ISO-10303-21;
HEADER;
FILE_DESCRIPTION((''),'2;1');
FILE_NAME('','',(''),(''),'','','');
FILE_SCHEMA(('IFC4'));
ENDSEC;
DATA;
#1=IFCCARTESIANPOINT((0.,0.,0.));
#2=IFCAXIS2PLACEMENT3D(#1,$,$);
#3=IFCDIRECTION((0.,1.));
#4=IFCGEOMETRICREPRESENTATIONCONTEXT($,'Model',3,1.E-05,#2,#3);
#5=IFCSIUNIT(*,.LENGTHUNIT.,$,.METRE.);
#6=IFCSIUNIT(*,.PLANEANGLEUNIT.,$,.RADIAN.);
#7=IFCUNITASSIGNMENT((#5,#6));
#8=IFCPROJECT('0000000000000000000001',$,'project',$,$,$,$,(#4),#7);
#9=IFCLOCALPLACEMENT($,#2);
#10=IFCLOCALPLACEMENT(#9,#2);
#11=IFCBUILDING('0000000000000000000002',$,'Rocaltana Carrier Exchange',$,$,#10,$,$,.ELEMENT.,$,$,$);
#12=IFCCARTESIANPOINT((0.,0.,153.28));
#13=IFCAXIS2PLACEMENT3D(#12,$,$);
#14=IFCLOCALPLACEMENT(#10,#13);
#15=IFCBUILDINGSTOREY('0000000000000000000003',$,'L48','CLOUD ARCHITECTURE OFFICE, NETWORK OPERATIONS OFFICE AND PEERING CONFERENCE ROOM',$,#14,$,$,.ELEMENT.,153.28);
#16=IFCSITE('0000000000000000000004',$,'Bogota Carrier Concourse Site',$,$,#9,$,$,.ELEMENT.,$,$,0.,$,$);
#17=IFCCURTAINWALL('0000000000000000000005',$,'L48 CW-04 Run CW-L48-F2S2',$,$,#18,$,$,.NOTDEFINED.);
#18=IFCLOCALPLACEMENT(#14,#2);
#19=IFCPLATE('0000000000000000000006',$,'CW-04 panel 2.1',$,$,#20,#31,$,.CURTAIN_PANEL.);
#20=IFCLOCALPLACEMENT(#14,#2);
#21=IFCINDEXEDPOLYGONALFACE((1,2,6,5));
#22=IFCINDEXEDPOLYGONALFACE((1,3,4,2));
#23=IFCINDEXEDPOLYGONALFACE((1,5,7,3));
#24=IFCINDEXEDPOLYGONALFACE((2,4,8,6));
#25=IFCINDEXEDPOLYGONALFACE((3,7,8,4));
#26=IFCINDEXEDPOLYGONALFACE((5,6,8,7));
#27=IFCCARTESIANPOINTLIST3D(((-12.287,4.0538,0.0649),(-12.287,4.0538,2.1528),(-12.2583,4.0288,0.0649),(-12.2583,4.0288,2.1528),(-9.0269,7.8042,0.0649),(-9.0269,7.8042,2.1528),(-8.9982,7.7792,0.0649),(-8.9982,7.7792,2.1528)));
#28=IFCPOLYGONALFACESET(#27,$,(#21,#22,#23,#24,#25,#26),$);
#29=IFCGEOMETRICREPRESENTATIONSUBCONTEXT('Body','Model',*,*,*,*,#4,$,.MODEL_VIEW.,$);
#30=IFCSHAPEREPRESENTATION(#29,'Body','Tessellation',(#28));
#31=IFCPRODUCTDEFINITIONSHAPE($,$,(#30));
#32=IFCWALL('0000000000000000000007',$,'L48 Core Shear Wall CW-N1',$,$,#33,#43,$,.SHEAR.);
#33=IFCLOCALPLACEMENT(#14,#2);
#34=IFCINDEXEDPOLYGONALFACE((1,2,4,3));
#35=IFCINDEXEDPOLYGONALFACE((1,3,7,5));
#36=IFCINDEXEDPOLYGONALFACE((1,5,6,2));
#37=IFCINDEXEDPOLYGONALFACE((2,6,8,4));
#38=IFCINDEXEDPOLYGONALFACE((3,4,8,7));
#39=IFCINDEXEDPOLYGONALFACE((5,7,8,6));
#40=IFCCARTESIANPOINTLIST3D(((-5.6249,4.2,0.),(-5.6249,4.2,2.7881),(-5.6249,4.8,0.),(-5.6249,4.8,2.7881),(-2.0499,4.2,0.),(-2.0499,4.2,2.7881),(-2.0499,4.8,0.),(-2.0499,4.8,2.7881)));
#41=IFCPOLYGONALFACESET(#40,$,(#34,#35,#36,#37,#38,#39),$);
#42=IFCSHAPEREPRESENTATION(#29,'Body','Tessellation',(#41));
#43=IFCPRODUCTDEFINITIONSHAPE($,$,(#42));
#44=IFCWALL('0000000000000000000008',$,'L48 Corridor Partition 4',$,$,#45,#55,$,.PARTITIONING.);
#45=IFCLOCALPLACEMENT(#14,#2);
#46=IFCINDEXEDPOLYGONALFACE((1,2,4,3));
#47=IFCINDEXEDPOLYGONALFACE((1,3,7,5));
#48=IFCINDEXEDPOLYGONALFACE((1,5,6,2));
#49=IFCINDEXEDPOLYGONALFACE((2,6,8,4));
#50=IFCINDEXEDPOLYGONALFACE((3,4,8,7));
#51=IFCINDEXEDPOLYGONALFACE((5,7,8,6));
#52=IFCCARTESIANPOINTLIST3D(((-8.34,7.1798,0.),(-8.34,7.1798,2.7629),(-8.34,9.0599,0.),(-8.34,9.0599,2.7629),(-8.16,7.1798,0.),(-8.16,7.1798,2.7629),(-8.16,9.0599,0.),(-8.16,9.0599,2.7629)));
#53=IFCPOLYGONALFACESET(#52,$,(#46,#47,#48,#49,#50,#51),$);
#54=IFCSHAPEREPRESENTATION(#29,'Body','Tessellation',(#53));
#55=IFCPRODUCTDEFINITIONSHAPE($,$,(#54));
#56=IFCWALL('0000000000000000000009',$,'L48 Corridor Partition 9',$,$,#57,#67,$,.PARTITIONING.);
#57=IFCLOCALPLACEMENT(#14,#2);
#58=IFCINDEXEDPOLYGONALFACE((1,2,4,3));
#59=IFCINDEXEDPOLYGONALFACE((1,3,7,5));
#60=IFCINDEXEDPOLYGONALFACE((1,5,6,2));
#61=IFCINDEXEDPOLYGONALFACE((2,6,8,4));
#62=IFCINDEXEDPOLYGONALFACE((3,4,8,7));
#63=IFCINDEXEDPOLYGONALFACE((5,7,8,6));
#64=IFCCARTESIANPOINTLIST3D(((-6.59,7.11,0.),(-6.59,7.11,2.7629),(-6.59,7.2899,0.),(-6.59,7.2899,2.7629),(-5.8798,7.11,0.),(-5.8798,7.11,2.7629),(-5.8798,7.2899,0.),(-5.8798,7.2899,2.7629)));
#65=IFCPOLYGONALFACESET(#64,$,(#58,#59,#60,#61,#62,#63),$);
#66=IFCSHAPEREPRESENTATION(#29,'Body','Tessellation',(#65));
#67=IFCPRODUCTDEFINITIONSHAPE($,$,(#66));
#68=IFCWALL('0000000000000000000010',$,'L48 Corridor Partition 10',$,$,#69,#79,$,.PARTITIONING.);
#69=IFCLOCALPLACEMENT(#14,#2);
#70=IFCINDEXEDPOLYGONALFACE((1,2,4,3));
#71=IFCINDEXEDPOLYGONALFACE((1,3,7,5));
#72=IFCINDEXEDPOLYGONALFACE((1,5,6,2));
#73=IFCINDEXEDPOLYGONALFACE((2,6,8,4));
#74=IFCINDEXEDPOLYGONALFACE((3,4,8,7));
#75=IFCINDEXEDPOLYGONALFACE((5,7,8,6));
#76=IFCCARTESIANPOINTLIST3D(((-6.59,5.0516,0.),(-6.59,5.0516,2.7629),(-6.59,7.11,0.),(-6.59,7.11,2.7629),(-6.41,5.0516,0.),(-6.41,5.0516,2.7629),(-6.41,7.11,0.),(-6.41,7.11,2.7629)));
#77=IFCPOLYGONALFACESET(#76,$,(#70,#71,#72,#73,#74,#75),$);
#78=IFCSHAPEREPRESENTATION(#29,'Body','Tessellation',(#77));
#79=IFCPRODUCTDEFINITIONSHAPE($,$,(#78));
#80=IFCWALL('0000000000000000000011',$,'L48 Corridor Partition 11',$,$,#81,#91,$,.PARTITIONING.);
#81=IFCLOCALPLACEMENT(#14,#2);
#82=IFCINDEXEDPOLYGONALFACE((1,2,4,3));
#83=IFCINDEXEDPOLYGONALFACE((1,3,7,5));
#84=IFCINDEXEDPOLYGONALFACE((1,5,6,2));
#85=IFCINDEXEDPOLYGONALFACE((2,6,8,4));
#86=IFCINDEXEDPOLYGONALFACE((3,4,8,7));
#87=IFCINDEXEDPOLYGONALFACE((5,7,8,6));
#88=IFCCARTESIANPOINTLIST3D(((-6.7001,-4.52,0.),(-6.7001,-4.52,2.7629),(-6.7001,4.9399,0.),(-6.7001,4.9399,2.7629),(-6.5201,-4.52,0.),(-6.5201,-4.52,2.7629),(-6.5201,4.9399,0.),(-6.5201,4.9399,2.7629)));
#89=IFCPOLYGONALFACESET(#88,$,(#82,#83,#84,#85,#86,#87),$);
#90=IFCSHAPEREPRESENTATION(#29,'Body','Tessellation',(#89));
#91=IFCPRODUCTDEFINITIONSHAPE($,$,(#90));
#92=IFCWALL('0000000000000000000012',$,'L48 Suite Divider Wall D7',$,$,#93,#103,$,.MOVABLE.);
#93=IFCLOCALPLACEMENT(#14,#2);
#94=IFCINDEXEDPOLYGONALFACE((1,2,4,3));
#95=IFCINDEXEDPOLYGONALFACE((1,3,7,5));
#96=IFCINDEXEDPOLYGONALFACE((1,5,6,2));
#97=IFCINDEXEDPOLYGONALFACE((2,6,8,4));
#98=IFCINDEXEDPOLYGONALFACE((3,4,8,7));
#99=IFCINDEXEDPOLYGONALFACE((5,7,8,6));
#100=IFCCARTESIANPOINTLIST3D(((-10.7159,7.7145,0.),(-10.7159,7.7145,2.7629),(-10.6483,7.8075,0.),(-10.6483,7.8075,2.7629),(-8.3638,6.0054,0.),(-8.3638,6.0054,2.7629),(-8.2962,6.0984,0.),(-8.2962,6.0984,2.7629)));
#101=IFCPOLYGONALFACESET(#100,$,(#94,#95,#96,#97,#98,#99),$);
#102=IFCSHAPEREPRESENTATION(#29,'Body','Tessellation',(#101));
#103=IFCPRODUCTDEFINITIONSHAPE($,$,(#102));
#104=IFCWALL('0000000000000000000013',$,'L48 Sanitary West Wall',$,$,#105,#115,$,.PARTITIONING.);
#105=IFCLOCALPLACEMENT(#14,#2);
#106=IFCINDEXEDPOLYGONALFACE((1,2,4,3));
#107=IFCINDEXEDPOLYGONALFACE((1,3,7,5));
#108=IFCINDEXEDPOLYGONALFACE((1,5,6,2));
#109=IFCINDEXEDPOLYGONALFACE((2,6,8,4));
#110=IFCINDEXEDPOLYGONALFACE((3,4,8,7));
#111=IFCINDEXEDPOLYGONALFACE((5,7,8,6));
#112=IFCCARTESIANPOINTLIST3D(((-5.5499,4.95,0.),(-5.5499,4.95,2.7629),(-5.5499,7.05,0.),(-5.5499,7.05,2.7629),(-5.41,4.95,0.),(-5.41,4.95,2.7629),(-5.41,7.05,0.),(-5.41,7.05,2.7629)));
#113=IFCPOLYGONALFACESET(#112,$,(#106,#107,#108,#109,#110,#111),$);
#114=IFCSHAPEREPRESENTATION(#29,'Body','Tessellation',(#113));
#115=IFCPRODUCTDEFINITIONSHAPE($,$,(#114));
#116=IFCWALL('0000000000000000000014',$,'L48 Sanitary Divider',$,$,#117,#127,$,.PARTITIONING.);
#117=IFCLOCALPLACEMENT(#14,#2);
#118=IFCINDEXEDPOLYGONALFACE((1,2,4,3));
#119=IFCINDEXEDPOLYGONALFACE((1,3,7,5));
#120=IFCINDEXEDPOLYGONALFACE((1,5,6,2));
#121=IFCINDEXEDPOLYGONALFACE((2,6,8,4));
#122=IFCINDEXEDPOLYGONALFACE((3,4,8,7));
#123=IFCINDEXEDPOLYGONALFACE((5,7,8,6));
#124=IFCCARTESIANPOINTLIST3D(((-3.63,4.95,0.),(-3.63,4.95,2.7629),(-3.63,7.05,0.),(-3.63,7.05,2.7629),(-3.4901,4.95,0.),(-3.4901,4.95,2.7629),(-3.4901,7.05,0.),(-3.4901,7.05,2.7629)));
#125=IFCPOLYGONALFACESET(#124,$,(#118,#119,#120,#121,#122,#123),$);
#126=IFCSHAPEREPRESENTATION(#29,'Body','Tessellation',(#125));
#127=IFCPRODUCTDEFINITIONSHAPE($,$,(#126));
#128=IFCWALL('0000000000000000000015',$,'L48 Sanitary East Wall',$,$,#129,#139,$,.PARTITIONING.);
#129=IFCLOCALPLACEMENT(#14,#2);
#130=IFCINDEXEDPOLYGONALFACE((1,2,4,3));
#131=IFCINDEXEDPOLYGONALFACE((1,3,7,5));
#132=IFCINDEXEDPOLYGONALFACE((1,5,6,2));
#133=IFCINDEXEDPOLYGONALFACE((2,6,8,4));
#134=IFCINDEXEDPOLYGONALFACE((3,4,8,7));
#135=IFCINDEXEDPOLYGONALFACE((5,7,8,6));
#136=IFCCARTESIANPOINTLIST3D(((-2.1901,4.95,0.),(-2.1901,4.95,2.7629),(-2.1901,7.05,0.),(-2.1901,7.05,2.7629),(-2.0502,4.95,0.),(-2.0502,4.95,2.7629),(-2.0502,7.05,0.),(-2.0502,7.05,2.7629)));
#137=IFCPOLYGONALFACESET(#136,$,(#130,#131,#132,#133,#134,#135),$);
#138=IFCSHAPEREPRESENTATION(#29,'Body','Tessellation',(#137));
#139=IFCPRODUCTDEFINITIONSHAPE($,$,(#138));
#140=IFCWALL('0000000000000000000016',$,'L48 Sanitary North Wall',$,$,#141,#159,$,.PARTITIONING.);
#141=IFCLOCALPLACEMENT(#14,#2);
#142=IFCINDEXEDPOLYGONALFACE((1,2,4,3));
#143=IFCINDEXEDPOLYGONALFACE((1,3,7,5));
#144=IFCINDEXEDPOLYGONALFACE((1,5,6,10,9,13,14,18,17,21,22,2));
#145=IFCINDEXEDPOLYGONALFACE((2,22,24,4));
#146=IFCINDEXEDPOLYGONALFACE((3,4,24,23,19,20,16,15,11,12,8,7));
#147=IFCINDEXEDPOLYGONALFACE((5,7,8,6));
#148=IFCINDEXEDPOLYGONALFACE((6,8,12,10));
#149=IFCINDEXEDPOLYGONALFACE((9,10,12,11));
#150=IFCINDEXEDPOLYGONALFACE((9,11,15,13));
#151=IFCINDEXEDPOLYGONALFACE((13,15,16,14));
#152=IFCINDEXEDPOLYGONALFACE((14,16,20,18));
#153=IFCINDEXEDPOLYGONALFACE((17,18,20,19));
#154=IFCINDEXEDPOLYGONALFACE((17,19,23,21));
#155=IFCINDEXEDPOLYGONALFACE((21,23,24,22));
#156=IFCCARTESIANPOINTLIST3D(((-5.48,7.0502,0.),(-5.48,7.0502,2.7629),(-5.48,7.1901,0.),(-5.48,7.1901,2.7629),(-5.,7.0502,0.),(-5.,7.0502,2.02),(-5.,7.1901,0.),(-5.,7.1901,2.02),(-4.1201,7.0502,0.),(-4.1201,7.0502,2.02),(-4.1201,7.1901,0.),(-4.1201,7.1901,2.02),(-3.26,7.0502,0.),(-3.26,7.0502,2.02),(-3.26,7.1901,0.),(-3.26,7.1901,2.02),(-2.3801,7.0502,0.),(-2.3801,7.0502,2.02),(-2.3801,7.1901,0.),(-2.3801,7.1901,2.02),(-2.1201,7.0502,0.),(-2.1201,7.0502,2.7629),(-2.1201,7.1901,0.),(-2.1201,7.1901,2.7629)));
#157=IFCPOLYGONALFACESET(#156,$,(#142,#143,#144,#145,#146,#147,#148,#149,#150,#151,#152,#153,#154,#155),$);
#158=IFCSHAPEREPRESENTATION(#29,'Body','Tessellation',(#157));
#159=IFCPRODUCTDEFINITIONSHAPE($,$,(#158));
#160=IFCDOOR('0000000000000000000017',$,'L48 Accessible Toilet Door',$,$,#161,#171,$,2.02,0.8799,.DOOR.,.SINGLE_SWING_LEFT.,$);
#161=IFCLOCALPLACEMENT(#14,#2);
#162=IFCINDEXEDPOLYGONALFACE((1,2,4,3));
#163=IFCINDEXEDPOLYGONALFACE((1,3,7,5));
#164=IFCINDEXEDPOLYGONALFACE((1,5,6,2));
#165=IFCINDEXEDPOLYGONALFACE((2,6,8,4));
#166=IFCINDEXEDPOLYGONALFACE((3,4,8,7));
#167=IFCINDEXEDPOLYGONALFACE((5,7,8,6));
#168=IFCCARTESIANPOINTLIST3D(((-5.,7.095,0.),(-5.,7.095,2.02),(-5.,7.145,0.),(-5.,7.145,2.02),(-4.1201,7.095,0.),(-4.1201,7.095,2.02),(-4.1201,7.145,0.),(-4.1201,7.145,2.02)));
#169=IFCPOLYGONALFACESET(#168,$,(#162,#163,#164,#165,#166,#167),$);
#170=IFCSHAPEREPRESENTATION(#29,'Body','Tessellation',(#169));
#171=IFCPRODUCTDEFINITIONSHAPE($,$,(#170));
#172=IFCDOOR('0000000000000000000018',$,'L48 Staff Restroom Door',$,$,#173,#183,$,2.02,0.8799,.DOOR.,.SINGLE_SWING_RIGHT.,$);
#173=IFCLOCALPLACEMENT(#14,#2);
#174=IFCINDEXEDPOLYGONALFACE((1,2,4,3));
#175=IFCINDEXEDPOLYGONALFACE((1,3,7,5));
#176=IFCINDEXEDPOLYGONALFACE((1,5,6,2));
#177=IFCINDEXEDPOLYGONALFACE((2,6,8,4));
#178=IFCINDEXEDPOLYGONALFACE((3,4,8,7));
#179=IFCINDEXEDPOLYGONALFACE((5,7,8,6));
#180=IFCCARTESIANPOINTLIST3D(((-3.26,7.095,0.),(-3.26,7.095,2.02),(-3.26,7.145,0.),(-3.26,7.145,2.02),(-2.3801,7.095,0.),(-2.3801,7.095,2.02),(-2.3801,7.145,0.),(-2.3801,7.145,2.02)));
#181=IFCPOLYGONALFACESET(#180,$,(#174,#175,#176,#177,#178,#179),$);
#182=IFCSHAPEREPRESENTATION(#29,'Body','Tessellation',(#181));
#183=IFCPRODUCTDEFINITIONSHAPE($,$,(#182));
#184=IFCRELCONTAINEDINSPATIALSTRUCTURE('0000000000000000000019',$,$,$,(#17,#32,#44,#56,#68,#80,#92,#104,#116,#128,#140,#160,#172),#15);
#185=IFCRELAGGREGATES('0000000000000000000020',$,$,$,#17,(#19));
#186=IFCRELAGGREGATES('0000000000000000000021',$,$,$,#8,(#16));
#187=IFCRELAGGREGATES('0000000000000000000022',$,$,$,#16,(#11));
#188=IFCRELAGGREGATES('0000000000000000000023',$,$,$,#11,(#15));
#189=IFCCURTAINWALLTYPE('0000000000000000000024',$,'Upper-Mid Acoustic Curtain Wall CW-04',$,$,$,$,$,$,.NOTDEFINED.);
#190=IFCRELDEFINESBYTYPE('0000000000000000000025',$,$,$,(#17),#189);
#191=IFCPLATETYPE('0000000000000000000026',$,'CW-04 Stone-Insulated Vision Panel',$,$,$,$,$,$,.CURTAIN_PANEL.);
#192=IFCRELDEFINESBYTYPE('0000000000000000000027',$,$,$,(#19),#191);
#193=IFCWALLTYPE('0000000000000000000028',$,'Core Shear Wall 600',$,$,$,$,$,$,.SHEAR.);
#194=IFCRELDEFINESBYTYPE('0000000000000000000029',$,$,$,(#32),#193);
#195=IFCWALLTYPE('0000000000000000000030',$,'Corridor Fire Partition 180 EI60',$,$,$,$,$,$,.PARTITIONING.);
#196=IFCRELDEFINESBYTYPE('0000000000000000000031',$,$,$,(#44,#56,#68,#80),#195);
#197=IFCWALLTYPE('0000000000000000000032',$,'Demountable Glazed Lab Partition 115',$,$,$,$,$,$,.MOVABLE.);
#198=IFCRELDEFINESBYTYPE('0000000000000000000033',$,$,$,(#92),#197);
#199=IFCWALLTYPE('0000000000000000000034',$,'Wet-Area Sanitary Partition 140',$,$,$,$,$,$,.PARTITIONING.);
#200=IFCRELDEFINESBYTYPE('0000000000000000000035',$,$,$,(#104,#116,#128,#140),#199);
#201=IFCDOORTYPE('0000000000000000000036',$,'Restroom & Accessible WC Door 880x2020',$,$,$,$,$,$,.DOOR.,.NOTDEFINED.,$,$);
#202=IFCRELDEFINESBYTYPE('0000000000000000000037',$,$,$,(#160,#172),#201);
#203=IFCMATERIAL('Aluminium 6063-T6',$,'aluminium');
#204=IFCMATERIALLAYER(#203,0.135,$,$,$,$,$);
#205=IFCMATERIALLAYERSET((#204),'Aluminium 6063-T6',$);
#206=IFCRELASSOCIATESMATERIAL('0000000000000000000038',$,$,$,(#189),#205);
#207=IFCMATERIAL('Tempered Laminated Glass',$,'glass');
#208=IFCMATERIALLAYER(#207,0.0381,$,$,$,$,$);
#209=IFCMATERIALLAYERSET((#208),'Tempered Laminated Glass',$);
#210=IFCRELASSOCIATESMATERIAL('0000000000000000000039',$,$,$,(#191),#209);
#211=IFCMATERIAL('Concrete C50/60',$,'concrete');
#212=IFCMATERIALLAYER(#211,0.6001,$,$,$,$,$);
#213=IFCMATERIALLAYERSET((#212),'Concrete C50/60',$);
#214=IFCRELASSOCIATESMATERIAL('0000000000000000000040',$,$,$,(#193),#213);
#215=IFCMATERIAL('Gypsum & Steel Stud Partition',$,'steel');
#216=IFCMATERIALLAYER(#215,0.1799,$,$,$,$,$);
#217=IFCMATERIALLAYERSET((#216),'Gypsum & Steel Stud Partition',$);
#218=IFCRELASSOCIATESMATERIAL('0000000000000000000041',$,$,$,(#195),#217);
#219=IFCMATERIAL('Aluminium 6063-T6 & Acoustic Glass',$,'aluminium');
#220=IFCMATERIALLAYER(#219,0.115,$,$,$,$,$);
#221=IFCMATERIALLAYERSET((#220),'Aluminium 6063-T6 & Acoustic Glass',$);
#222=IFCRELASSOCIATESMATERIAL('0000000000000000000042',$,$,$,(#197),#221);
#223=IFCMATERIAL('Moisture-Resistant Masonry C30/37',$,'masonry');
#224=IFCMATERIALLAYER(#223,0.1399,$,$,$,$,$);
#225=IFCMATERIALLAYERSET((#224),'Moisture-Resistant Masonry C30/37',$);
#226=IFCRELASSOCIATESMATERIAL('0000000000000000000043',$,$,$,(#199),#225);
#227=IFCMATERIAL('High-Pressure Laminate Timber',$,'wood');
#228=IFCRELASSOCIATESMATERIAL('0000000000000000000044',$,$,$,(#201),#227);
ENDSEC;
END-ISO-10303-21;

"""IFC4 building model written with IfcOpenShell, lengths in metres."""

from ifc_helpers import new_model, si_unit, direction, frame, frame_2d, origin, origin_2d, place, context, subcontext, project, spatial, rectangle, extrude, material, layer, layer_set, type_object, element, fill, aggregate, save


model = new_model("IFC4")

# Units and contexts
model_context = context("Model", 3, precision=1e-05, world=origin(), true_north=direction((0.0, 1.0)))
body_context = subcontext(model_context, "Body", "Model", "MODEL_VIEW")
ifc_project = project(units=[si_unit("LENGTHUNIT", "METRE"), si_unit("PLANEANGLEUNIT", "RADIAN")], contexts=[model_context])

# Site, building, storey
site_placement = place(None, origin())
site = spatial("IfcSite", under=ifc_project, at=site_placement, Name="Bogota Carrier Concourse Site", CompositionType="ELEMENT", RefElevation=0.0)
building_placement = place(site_placement, origin())
building = spatial("IfcBuilding", under=site, at=building_placement, Name="Rocaltana Carrier Exchange", CompositionType="ELEMENT")
storey_placement = place(building_placement, frame((0.0, 0.0, 153.28)))
storey = spatial("IfcBuildingStorey", under=building, at=storey_placement, Name="L48", Description="CLOUD ARCHITECTURE OFFICE, NETWORK OPERATIONS OFFICE AND PEERING CONFERENCE ROOM", CompositionType="ELEMENT", Elevation=153.28)

# Curtain wall
ifc_material_1 = material(Name="Aluminium 6063-T6", Category="aluminium")
ifc_layer_1 = layer(ifc_material_1, 0.135)
ifc_layer_set_1 = layer_set([ifc_layer_1], Name="Aluminium 6063-T6")
curtain_wall_type = type_object("IfcCurtainWallType", Name="Upper-Mid Acoustic Curtain Wall CW-04", PredefinedType="NOTDEFINED", material=ifc_layer_set_1)
curtain_wall_placement = place(storey_placement, origin())
curtain_wall = element("IfcCurtainWall", 1, at=curtain_wall_placement, inside=storey, type_object=curtain_wall_type, Name="L48 CW-04 Run CW-L48-F2S2", PredefinedType="NOTDEFINED")

# Plate
ifc_material_2 = material(Name="Tempered Laminated Glass", Category="glass")
ifc_layer_2 = layer(ifc_material_2, 0.0381)
ifc_layer_set_2 = layer_set([ifc_layer_2], Name="Tempered Laminated Glass")
plate_type = type_object("IfcPlateType", Name="CW-04 Stone-Insulated Vision Panel", PredefinedType="CURTAIN_PANEL", material=ifc_layer_set_2)
plate_placement = place(storey_placement, frame((-10.6426, 5.9165, 0.0649), z_axis=(0.0, 0.0, 1.0), x_axis=(-0.656057, -0.754712, 0.0)))
plate = element("IfcPlate", 2, at=plate_placement, type_object=plate_type, Name="CW-04 panel 2.1", PredefinedType="CURTAIN_PANEL", context=body_context, shape_type="SweptSolid", body=[
    extrude(rectangle(XDim=4.9692, YDim=0.0381, at=origin_2d()), origin(), (0.0, 0.0, 1.0), 2.0879),
])
aggregate(curtain_wall, [plate])

# Walls
ifc_material_3 = material(Name="Concrete C50/60", Category="concrete")
ifc_layer_3 = layer(ifc_material_3, 0.6001)
ifc_layer_set_3 = layer_set([ifc_layer_3], Name="Concrete C50/60")
wall_type_1 = type_object("IfcWallType", Name="Core Shear Wall 600", PredefinedType="SHEAR", material=ifc_layer_set_3)
wall_1_placement = place(storey_placement, frame((-5.625, 4.5, 0.0), z_axis=(0.0, 0.0, 1.0), x_axis=(1.0, 0.0, 0.0)))
element("IfcWall", 3, at=wall_1_placement, inside=storey, type_object=wall_type_1, Name="L48 Core Shear Wall CW-N1", PredefinedType="SHEAR", context=body_context, shape_type="SweptSolid", body=[
    extrude(rectangle(XDim=3.575, YDim=0.6001, at=frame_2d((1.7876, 0.0))), origin(), (0.0, 0.0, 1.0), 2.7881),
])
ifc_material_4 = material(Name="Gypsum & Steel Stud Partition", Category="steel")
ifc_layer_4 = layer(ifc_material_4, 0.1799)
ifc_layer_set_4 = layer_set([ifc_layer_4], Name="Gypsum & Steel Stud Partition")
wall_type_2 = type_object("IfcWallType", Name="Corridor Fire Partition 180 EI60", PredefinedType="PARTITIONING", material=ifc_layer_set_4)
wall_2_placement = place(storey_placement, frame((-8.25, 7.1799, 0.0), z_axis=(0.0, 0.0, 1.0), x_axis=(0.0, 1.0, 0.0)))
element("IfcWall", 4, at=wall_2_placement, inside=storey, type_object=wall_type_2, Name="L48 Corridor Partition 4", PredefinedType="PARTITIONING", context=body_context, shape_type="SweptSolid", body=[
    extrude(rectangle(XDim=1.8801, YDim=0.1799, at=frame_2d((0.9399, 0.0))), origin(), (0.0, 0.0, 1.0), 2.7629),
])
wall_3_placement = place(storey_placement, frame((-5.8799, 7.2, 0.0), z_axis=(0.0, 0.0, 1.0), x_axis=(-1.0, 0.0, 0.0)))
element("IfcWall", 5, at=wall_3_placement, inside=storey, type_object=wall_type_2, Name="L48 Corridor Partition 9", PredefinedType="PARTITIONING", context=body_context, shape_type="SweptSolid", body=[
    extrude(rectangle(XDim=0.7102, YDim=0.1799, at=frame_2d((0.355, 0.0))), origin(), (0.0, 0.0, 1.0), 2.7629),
])
wall_4_placement = place(storey_placement, frame((-6.5, 7.1101, 0.0), z_axis=(0.0, 0.0, 1.0), x_axis=(0.0, -1.0, 0.0)))
element("IfcWall", 6, at=wall_4_placement, inside=storey, type_object=wall_type_2, Name="L48 Corridor Partition 10", PredefinedType="PARTITIONING", context=body_context, shape_type="SweptSolid", body=[
    extrude(rectangle(XDim=2.0583, YDim=0.1799, at=frame_2d((1.0293, 0.0))), origin(), (0.0, 0.0, 1.0), 2.7629),
])
wall_5_placement = place(storey_placement, frame((-6.6101, 4.9399, 0.0), z_axis=(0.0, 0.0, 1.0), x_axis=(0.0, -1.0, 0.0)))
element("IfcWall", 7, at=wall_5_placement, inside=storey, type_object=wall_type_2, Name="L48 Corridor Partition 11", PredefinedType="PARTITIONING", context=body_context, shape_type="SweptSolid", body=[
    extrude(rectangle(XDim=9.46, YDim=0.1799, at=frame_2d((4.73, 0.0))), origin(), (0.0, 0.0, 1.0), 2.7629),
])
ifc_material_5 = material(Name="Aluminium 6063-T6 & Acoustic Glass", Category="aluminium")
ifc_layer_5 = layer(ifc_material_5, 0.115)
ifc_layer_set_5 = layer_set([ifc_layer_5], Name="Aluminium 6063-T6 & Acoustic Glass")
wall_type_3 = type_object("IfcWallType", Name="Demountable Glazed Lab Partition 115", PredefinedType="MOVABLE", material=ifc_layer_set_5)
wall_6_placement = place(storey_placement, frame((-8.3301, 6.052, 0.0), z_axis=(0.0, 0.0, 1.0), x_axis=(-0.808997, 0.587812, 0.0)))
element("IfcWall", 8, at=wall_6_placement, inside=storey, type_object=wall_type_3, Name="L48 Suite Divider Wall D7", PredefinedType="MOVABLE", context=body_context, shape_type="SweptSolid", body=[
    extrude(rectangle(XDim=2.9075, YDim=0.115, at=frame_2d((1.4536, 0.0))), origin(), (0.0, 0.0, 1.0), 2.7629),
])
ifc_material_6 = material(Name="Moisture-Resistant Masonry C30/37", Category="masonry")
ifc_layer_6 = layer(ifc_material_6, 0.1399)
ifc_layer_set_6 = layer_set([ifc_layer_6], Name="Moisture-Resistant Masonry C30/37")
wall_type_4 = type_object("IfcWallType", Name="Wet-Area Sanitary Partition 140", PredefinedType="PARTITIONING", material=ifc_layer_set_6)
for number, where, z_axis, x_axis, name in (
    (9, (-5.48, 4.95, 0.0), (0.0, 0.0, 1.0), (0.0, 1.0, 0.0), "L48 Sanitary West Wall"),
    (10, (-3.5601, 4.95, 0.0), (0.0, 0.0, 1.0), (0.0, 1.0, 0.0), "L48 Sanitary Divider"),
    (11, (-2.1201, 4.95, 0.0), (0.0, 0.0, 1.0), (0.0, 1.0, 0.0), "L48 Sanitary East Wall"),
):
    element("IfcWall", number, at=place(storey_placement, frame(where, z_axis=z_axis, x_axis=x_axis)), inside=storey, type_object=wall_type_4, Name=name, PredefinedType="PARTITIONING", context=body_context, shape_type="SweptSolid", body=[
        extrude(rectangle(XDim=2.1001, YDim=0.1399, at=frame_2d((1.05, 0.0))), origin(), (0.0, 0.0, 1.0), 2.7629),
    ])

# Wall, openings, doors
wall_7_placement = place(storey_placement, frame((-5.48, 7.1201, 0.0), z_axis=(0.0, 0.0, 1.0), x_axis=(1.0, 0.0, 0.0)))
wall_7 = element("IfcWall", 12, at=wall_7_placement, inside=storey, type_object=wall_type_4, Name="L48 Sanitary North Wall", PredefinedType="PARTITIONING", context=body_context, shape_type="SweptSolid", body=[
    extrude(rectangle(XDim=3.3599, YDim=0.1399, at=frame_2d((1.6799, 0.0))), origin(), (0.0, 0.0, 1.0), 2.7629),
])
opening_1_placement = place(wall_7_placement, frame((0.48, 0.0, 0.0)))
opening_1 = element("IfcOpeningElement", 13, at=opening_1_placement, cuts=wall_7, PredefinedType="OPENING", context=body_context, shape_type="SweptSolid", body=[
    extrude(rectangle(XDim=0.8799, YDim=2.02, at=frame_2d((0.4399, 1.01))), frame((0.0, 0.0798, 0.0), z_axis=(0.0, -1.0, 0.0), x_axis=(1.0, 0.0, 0.0)), (0.0, 0.0, 1.0), 0.1599),
])
opening_2_placement = place(wall_7_placement, frame((2.22, 0.0, 0.0)))
opening_2 = element("IfcOpeningElement", 14, at=opening_2_placement, cuts=wall_7, PredefinedType="OPENING", context=body_context, shape_type="SweptSolid", body=[
    extrude(rectangle(XDim=0.8799, YDim=2.02, at=frame_2d((0.4399, 1.01))), frame((0.0, 0.0798, 0.0), z_axis=(0.0, -1.0, 0.0), x_axis=(1.0, 0.0, 0.0)), (0.0, 0.0, 1.0), 0.1599),
])
ifc_material_7 = material(Name="High-Pressure Laminate Timber", Category="wood")
door_type = type_object("IfcDoorType", Name="Restroom & Accessible WC Door 880x2020", OperationType="NOTDEFINED", PredefinedType="DOOR", material=ifc_material_7)
door_1_placement = place(opening_1_placement, origin())
door_1 = element("IfcDoor", 15, at=door_1_placement, inside=storey, type_object=door_type, Name="L48 Accessible Toilet Door", OperationType="SINGLE_SWING_LEFT", OverallHeight=2.02, OverallWidth=0.8799, PredefinedType="DOOR", context=body_context, shape_type="SweptSolid", body=[
    extrude(rectangle(XDim=0.8799, YDim=2.02, at=frame_2d((0.4399, 1.01))), frame((0.0, 0.0249, 0.0), z_axis=(0.0, -1.0, 0.0), x_axis=(1.0, 0.0, 0.0)), (0.0, 0.0, 1.0), 0.05),
])
fill(opening_1, door_1)
door_2_placement = place(opening_2_placement, origin())
door_2 = element("IfcDoor", 16, at=door_2_placement, inside=storey, type_object=door_type, Name="L48 Staff Restroom Door", OperationType="SINGLE_SWING_RIGHT", OverallHeight=2.02, OverallWidth=0.8799, PredefinedType="DOOR", context=body_context, shape_type="SweptSolid", body=[
    extrude(rectangle(XDim=0.8799, YDim=2.02, at=frame_2d((0.4399, 1.01))), frame((0.0, 0.0249, 0.0), z_axis=(0.0, -1.0, 0.0), x_axis=(1.0, 0.0, 0.0)), (0.0, 0.0, 1.0), 0.05),
])
fill(opening_2, door_2)

save(model, "model.ifc")
